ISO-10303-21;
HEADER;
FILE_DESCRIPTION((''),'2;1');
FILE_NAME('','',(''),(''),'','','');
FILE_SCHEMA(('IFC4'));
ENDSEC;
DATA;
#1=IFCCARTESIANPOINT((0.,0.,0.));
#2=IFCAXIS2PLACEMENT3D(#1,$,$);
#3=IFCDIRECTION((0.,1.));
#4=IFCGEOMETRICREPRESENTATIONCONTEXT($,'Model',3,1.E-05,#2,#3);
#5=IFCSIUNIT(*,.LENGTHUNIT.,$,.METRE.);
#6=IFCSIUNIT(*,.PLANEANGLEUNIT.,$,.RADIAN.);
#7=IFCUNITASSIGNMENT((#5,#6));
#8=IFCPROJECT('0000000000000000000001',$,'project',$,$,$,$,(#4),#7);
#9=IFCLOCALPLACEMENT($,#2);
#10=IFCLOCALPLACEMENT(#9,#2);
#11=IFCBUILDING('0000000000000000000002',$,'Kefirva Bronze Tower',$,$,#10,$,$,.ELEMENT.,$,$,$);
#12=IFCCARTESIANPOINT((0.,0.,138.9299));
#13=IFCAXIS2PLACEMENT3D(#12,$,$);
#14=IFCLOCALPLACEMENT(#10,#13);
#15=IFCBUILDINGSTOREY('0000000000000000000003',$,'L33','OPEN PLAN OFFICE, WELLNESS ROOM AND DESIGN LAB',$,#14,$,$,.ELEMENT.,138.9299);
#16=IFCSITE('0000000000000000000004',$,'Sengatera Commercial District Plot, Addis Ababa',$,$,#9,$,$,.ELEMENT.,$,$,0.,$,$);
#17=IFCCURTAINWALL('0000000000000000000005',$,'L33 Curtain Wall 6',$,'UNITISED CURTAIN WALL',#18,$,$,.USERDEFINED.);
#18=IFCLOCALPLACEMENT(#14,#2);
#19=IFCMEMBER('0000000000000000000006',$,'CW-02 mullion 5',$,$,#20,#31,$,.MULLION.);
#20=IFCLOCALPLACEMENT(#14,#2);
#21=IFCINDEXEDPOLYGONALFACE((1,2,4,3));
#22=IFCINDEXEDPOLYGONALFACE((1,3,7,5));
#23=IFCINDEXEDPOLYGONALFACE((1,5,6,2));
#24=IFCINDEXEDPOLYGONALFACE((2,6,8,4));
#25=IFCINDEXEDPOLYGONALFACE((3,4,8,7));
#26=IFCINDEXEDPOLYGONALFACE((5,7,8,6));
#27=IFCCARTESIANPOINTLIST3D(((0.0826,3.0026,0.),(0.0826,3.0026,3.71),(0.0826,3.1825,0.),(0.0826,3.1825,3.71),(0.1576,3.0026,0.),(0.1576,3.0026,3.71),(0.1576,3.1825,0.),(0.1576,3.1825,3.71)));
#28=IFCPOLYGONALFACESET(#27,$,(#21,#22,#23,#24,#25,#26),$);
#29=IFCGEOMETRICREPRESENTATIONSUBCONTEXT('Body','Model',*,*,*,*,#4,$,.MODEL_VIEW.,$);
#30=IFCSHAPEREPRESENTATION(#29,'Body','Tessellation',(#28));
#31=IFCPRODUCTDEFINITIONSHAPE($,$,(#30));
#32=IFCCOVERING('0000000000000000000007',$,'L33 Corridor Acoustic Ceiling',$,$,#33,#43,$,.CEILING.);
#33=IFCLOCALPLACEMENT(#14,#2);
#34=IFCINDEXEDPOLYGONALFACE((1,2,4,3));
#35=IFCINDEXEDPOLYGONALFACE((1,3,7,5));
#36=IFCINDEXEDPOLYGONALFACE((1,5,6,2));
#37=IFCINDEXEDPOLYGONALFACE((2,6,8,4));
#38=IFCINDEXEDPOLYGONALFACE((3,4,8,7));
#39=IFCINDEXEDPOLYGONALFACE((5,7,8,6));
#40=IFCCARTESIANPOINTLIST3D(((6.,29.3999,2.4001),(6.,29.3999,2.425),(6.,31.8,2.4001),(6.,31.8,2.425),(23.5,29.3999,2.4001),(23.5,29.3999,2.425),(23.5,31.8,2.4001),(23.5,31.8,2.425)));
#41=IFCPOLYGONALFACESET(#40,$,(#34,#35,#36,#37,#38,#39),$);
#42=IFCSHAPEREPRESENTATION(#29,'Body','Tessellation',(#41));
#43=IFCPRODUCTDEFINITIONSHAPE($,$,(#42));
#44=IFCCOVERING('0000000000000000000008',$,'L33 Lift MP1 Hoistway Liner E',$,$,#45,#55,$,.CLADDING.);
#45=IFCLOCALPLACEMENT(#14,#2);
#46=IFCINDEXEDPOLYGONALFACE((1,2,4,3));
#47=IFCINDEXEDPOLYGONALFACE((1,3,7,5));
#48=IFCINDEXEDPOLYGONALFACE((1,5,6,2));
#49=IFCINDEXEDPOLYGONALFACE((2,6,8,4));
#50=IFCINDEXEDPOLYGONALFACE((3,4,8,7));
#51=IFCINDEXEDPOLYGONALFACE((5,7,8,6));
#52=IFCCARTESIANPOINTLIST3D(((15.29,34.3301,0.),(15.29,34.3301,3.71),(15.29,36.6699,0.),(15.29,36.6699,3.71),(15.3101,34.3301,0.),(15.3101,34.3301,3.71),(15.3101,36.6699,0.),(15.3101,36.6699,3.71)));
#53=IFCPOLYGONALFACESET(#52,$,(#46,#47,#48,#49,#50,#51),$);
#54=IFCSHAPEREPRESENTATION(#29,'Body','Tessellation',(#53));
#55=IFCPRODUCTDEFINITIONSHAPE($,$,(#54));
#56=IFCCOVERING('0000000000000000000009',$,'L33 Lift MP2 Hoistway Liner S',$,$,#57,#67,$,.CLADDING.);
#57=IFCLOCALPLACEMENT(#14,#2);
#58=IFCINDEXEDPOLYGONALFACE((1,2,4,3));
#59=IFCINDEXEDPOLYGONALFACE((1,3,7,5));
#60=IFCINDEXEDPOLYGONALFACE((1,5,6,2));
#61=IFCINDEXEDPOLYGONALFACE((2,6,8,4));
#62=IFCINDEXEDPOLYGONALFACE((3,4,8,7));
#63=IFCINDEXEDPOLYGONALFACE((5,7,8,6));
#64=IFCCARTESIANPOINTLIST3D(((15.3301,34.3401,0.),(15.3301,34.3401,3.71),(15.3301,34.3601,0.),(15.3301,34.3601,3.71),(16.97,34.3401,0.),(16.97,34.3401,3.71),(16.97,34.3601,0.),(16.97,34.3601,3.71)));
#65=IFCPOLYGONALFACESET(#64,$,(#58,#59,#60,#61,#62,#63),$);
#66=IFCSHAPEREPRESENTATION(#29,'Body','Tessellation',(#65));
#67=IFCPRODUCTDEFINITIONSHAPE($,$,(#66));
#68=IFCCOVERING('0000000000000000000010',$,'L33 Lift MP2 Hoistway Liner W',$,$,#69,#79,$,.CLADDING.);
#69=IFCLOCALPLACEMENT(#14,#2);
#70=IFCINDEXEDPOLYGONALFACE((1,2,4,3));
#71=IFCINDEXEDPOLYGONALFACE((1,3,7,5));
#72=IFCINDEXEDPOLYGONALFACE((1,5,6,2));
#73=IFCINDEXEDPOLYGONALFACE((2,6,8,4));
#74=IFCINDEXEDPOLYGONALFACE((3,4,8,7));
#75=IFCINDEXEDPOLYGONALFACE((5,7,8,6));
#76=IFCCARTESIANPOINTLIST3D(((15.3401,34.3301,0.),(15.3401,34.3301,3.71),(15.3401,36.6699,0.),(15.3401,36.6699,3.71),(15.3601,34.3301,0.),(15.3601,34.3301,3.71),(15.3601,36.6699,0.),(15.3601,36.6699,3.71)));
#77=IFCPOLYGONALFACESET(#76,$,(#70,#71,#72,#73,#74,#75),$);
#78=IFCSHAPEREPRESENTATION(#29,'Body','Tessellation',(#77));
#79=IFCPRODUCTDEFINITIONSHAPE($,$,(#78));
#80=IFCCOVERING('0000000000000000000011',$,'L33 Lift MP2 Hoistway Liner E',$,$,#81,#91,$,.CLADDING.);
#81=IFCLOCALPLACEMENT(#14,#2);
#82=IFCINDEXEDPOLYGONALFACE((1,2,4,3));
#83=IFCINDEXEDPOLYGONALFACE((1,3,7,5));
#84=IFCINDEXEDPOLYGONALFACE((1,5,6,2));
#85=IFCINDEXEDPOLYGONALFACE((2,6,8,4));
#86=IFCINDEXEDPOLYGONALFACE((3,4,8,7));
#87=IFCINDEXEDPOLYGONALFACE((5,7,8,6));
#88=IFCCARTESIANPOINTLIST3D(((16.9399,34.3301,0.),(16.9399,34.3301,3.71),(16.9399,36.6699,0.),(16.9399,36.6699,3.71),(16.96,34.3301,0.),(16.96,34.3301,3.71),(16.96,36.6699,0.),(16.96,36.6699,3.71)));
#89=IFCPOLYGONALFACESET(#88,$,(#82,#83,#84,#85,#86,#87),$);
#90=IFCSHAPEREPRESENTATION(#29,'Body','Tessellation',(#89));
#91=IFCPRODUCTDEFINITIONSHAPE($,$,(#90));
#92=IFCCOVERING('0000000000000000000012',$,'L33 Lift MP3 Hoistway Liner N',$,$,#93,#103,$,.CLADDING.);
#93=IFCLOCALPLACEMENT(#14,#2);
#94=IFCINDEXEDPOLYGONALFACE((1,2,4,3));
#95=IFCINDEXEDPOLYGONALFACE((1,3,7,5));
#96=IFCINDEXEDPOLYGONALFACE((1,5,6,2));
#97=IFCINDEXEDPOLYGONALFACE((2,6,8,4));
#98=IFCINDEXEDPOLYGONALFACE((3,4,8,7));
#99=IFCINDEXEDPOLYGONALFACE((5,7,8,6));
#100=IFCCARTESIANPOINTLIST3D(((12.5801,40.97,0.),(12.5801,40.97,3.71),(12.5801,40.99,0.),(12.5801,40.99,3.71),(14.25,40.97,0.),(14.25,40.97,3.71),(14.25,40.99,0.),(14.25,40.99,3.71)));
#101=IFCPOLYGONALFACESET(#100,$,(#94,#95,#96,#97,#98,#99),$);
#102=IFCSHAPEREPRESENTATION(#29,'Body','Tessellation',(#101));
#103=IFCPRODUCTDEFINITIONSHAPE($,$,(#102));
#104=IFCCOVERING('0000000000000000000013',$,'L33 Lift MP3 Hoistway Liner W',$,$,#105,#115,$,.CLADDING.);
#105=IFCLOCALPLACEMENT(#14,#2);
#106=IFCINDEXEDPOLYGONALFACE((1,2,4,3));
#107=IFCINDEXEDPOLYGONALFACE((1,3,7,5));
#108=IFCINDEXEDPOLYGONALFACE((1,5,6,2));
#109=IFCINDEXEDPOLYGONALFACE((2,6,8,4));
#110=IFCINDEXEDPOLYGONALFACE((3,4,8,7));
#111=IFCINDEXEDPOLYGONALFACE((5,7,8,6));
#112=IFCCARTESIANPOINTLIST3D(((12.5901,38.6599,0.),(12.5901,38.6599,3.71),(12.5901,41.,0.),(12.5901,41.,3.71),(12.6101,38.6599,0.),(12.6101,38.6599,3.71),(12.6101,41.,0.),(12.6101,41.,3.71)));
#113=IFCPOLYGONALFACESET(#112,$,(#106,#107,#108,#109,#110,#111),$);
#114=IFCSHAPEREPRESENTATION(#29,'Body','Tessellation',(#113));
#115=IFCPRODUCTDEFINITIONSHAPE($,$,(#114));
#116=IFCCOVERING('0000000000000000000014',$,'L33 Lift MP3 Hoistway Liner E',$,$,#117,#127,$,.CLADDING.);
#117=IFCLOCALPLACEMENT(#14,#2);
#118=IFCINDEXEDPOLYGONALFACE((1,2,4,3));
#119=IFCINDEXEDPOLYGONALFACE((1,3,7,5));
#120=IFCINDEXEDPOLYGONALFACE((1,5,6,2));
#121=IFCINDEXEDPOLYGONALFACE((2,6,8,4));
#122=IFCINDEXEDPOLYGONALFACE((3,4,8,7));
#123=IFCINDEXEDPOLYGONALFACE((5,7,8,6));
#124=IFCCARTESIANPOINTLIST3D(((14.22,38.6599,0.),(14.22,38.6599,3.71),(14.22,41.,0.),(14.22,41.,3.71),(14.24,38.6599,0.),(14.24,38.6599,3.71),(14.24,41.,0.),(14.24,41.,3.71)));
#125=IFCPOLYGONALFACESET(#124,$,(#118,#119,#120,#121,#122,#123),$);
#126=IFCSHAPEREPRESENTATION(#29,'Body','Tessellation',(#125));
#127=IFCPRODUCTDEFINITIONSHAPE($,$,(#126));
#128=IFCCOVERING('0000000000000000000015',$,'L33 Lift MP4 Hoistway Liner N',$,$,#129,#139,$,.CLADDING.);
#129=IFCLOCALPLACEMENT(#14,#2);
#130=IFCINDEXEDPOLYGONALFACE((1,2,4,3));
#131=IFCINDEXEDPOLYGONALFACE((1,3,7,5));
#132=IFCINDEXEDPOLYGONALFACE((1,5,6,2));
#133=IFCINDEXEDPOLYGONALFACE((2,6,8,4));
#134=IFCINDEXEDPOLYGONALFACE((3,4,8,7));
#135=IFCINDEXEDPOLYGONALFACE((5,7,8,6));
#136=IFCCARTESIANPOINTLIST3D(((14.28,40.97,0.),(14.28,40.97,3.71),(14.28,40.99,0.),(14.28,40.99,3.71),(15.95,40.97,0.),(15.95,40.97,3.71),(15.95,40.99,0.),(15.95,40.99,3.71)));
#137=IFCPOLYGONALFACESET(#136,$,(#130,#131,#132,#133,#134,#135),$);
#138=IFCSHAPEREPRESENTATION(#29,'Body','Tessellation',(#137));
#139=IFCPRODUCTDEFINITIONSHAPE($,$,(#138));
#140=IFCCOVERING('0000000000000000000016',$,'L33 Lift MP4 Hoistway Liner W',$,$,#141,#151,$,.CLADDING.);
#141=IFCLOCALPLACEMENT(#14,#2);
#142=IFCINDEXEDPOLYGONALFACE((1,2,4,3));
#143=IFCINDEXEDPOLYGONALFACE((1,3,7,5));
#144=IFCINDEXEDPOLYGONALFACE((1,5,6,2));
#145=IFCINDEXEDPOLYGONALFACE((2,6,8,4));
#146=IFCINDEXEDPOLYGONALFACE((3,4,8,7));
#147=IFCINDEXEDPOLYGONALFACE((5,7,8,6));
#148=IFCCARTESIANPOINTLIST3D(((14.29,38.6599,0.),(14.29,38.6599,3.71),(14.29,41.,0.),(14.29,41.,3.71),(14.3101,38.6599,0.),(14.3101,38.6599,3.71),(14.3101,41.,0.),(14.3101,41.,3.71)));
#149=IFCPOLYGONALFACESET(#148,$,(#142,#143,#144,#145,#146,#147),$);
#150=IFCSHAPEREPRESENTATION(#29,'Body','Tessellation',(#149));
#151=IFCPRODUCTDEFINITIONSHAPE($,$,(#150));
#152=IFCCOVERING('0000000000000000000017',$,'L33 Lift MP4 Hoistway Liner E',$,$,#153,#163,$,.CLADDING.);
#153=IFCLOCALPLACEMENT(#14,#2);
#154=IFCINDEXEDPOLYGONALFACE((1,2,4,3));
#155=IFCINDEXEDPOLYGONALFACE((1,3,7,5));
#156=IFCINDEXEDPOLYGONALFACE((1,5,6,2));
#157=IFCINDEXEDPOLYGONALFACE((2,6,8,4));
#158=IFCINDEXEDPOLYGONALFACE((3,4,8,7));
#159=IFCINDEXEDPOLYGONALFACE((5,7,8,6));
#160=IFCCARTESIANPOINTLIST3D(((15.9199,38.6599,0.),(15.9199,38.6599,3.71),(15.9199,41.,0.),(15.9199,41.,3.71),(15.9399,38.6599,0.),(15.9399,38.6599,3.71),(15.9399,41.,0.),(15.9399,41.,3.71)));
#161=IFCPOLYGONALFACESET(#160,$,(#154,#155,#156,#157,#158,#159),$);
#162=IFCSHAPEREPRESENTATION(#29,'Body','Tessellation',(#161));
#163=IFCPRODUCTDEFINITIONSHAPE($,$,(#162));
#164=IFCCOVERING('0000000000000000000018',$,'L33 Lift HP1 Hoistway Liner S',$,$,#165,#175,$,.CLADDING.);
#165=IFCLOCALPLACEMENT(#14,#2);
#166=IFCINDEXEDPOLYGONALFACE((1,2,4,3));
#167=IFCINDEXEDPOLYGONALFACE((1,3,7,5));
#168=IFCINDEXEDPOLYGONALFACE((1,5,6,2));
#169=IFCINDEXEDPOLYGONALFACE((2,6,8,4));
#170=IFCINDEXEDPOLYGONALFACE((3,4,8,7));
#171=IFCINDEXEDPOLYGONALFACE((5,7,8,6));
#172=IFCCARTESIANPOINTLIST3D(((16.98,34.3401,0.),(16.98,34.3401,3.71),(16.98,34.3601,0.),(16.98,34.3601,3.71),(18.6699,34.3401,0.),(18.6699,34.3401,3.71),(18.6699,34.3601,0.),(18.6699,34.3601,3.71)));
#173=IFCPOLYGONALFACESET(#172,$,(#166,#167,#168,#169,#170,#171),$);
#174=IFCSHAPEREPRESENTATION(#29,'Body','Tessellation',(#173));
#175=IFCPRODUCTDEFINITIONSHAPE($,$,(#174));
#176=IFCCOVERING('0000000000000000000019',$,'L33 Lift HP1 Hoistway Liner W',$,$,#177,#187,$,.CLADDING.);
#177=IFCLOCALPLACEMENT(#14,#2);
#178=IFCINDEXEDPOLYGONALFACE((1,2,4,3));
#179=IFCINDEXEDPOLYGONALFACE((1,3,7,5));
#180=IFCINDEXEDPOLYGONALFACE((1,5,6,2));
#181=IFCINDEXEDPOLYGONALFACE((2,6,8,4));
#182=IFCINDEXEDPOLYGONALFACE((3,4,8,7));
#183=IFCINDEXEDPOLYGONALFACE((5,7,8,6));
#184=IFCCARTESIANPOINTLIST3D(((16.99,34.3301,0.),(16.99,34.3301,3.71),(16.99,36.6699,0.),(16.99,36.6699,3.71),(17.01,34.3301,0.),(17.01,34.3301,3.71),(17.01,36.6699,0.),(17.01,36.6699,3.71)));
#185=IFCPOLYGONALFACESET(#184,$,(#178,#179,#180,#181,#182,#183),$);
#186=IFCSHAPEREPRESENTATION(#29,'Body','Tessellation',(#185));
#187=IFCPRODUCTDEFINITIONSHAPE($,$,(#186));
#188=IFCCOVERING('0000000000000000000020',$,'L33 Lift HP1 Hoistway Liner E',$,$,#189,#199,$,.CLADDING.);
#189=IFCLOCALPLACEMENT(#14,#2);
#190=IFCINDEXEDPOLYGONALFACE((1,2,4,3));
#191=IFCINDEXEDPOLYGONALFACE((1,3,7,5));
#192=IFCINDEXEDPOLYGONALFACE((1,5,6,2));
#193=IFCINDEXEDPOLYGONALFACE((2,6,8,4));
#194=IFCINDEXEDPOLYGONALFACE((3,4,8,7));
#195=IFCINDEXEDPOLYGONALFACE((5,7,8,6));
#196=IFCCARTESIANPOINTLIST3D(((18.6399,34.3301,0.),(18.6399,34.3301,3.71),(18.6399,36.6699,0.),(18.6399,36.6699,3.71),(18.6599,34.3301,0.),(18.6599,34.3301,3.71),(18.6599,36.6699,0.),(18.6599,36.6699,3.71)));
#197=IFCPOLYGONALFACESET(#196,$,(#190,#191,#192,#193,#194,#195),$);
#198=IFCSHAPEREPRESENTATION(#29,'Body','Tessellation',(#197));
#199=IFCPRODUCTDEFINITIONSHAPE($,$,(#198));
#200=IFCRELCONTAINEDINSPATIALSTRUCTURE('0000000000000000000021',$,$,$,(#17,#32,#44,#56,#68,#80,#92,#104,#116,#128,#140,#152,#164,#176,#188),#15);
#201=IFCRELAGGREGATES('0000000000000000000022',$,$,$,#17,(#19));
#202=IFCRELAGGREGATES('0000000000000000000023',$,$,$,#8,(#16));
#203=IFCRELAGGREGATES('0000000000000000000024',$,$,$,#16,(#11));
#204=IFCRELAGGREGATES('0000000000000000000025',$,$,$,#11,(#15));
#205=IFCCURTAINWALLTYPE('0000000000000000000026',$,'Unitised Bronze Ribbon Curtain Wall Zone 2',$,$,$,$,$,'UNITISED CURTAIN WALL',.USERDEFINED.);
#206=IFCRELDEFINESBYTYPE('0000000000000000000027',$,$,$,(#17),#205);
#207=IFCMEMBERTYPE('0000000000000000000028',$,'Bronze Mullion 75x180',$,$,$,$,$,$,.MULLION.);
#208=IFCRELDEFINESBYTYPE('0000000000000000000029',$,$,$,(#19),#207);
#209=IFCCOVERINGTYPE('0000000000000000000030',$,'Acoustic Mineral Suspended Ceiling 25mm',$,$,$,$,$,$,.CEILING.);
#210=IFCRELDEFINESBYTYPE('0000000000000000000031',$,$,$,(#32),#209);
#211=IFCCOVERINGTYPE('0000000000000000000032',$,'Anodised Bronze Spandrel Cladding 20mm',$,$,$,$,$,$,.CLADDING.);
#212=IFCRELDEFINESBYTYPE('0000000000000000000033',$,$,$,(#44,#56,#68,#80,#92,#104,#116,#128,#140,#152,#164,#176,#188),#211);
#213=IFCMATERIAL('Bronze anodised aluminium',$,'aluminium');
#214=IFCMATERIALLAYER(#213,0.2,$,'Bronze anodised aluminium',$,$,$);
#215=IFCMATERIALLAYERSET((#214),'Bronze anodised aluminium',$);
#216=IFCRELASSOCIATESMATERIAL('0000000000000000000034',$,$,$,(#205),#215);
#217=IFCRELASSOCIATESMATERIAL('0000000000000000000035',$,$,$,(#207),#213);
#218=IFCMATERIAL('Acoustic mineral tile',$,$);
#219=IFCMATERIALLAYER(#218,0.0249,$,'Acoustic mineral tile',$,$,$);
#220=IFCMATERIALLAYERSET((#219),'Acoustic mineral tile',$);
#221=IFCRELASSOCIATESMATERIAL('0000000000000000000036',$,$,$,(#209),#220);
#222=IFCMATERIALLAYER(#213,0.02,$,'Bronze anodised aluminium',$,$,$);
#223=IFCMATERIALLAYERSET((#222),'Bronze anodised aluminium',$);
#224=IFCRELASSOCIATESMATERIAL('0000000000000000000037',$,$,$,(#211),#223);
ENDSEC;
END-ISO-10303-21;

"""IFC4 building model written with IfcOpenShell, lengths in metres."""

from ifc_helpers import new_model, si_unit, direction, frame, origin, origin_2d, place, context, subcontext, project, spatial, polyline, rectangle, outline, extrude, material, layer, layer_set, material_profile, profile_set, type_object, element, aggregate, save


model = new_model("IFC4")

# Units and contexts
model_context = context("Model", 3, precision=1e-05, world=origin(), true_north=direction((0.0, 1.0)))
body_context = subcontext(model_context, "Body", "Model", "MODEL_VIEW")
ifc_project = project(units=[si_unit("LENGTHUNIT", "METRE"), si_unit("PLANEANGLEUNIT", "RADIAN")], contexts=[model_context])

# Site, building, storey
site_placement = place(None, origin())
site = spatial("IfcSite", under=ifc_project, at=site_placement, Name="Sengatera Commercial District Plot, Addis Ababa", CompositionType="ELEMENT", RefElevation=0.0)
building_placement = place(site_placement, origin())
building = spatial("IfcBuilding", under=site, at=building_placement, Name="Kefirva Bronze Tower", CompositionType="ELEMENT")
storey_placement = place(building_placement, frame((0.0, 0.0, 138.9299)))
storey = spatial("IfcBuildingStorey", under=building, at=storey_placement, Name="L33", Description="OPEN PLAN OFFICE, WELLNESS ROOM AND DESIGN LAB", CompositionType="ELEMENT", Elevation=138.9299)

# Curtain wall, member
ifc_material_1 = material(Name="Bronze anodised aluminium", Category="aluminium")
ifc_layer_1 = layer(ifc_material_1, 0.2, Name="Bronze anodised aluminium")
ifc_layer_set_1 = layer_set([ifc_layer_1], Name="Bronze anodised aluminium")
curtain_wall_type = type_object("IfcCurtainWallType", Name="Unitised Bronze Ribbon Curtain Wall Zone 2", ElementType="UNITISED CURTAIN WALL", PredefinedType="USERDEFINED", material=ifc_layer_set_1)
curtain_wall_placement = place(storey_placement, origin())
curtain_wall = element("IfcCurtainWall", 1, at=curtain_wall_placement, inside=storey, type_object=curtain_wall_type, Name="L33 Curtain Wall 6", ObjectType="UNITISED CURTAIN WALL", PredefinedType="USERDEFINED")
ifc_material_profile = material_profile(ifc_material_1, rectangle(XDim=0.075, YDim=0.1799, at=origin_2d()), Name="ALU 75x180")
ifc_profile_set = profile_set([ifc_material_profile], Name="Bronze anodised aluminium")
member_type = type_object("IfcMemberType", Name="Bronze Mullion 75x180", PredefinedType="MULLION", material=ifc_profile_set)
member_placement = place(storey_placement, frame((0.1201, 3.0925, 0.0), z_axis=(0.0, 0.0, 1.0), x_axis=(1.0, 0.0, 0.0)))
member = element("IfcMember", 2, at=member_placement, type_object=member_type, Name="CW-02 mullion 5", PredefinedType="MULLION", context=body_context, shape_type="SweptSolid", body=[
    extrude(rectangle(XDim=0.075, YDim=0.1799, at=origin_2d()), origin(), (0.0, 0.0, 1.0), 3.71),
])
aggregate(curtain_wall, [member])

# Coverings
ifc_material_2 = material(Name="Acoustic mineral tile")
ifc_layer_2 = layer(ifc_material_2, 0.0249, Name="Acoustic mineral tile")
ifc_layer_set_2 = layer_set([ifc_layer_2], Name="Acoustic mineral tile")
covering_type_1 = type_object("IfcCoveringType", Name="Acoustic Mineral Suspended Ceiling 25mm", PredefinedType="CEILING", material=ifc_layer_set_2)
covering_1_placement = place(storey_placement, frame((0.0, 0.0, 2.4001)))
element("IfcCovering", 3, at=covering_1_placement, inside=storey, type_object=covering_type_1, Name="L33 Corridor Acoustic Ceiling", PredefinedType="CEILING", context=body_context, shape_type="SweptSolid", body=[
    extrude(outline(polyline([(6.0, 29.3999), (23.5, 29.3999), (23.5, 31.8), (6.0, 31.8), (6.0, 29.3999)])), origin(), (0.0, 0.0, 1.0), 0.0249),
])
ifc_layer_3 = layer(ifc_material_1, 0.02, Name="Bronze anodised aluminium")
ifc_layer_set_3 = layer_set([ifc_layer_3], Name="Bronze anodised aluminium")
covering_type_2 = type_object("IfcCoveringType", Name="Anodised Bronze Spandrel Cladding 20mm", PredefinedType="CLADDING", material=ifc_layer_set_3)
covering_2_placement = place(storey_placement, origin())
element("IfcCovering", 4, at=covering_2_placement, inside=storey, type_object=covering_type_2, Name="L33 Lift MP1 Hoistway Liner E", PredefinedType="CLADDING", context=body_context, shape_type="SweptSolid", body=[
    extrude(outline(polyline([(15.29, 34.3301), (15.3101, 34.3301), (15.3101, 36.6699), (15.29, 36.6699), (15.29, 34.3301)])), origin(), (0.0, 0.0, 1.0), 3.71),
])
covering_3_placement = place(storey_placement, origin())
element("IfcCovering", 5, at=covering_3_placement, inside=storey, type_object=covering_type_2, Name="L33 Lift MP2 Hoistway Liner S", PredefinedType="CLADDING", context=body_context, shape_type="SweptSolid", body=[
    extrude(outline(polyline([(15.3301, 34.3401), (16.97, 34.3401), (16.97, 34.3601), (15.3301, 34.3601), (15.3301, 34.3401)])), origin(), (0.0, 0.0, 1.0), 3.71),
])
covering_4_placement = place(storey_placement, origin())
element("IfcCovering", 6, at=covering_4_placement, inside=storey, type_object=covering_type_2, Name="L33 Lift MP2 Hoistway Liner W", PredefinedType="CLADDING", context=body_context, shape_type="SweptSolid", body=[
    extrude(outline(polyline([(15.3401, 34.3301), (15.3601, 34.3301), (15.3601, 36.6699), (15.3401, 36.6699), (15.3401, 34.3301)])), origin(), (0.0, 0.0, 1.0), 3.71),
])
covering_5_placement = place(storey_placement, origin())
element("IfcCovering", 7, at=covering_5_placement, inside=storey, type_object=covering_type_2, Name="L33 Lift MP2 Hoistway Liner E", PredefinedType="CLADDING", context=body_context, shape_type="SweptSolid", body=[
    extrude(outline(polyline([(16.9399, 34.3301), (16.96, 34.3301), (16.96, 36.6699), (16.9399, 36.6699), (16.9399, 34.3301)])), origin(), (0.0, 0.0, 1.0), 3.71),
])
covering_6_placement = place(storey_placement, origin())
element("IfcCovering", 8, at=covering_6_placement, inside=storey, type_object=covering_type_2, Name="L33 Lift MP3 Hoistway Liner N", PredefinedType="CLADDING", context=body_context, shape_type="SweptSolid", body=[
    extrude(outline(polyline([(12.5801, 40.97), (14.25, 40.97), (14.25, 40.99), (12.5801, 40.99), (12.5801, 40.97)])), origin(), (0.0, 0.0, 1.0), 3.71),
])
covering_7_placement = place(storey_placement, origin())
element("IfcCovering", 9, at=covering_7_placement, inside=storey, type_object=covering_type_2, Name="L33 Lift MP3 Hoistway Liner W", PredefinedType="CLADDING", context=body_context, shape_type="SweptSolid", body=[
    extrude(outline(polyline([(12.5901, 38.6599), (12.6101, 38.6599), (12.6101, 41.0), (12.5901, 41.0), (12.5901, 38.6599)])), origin(), (0.0, 0.0, 1.0), 3.71),
])
covering_8_placement = place(storey_placement, origin())
element("IfcCovering", 10, at=covering_8_placement, inside=storey, type_object=covering_type_2, Name="L33 Lift MP3 Hoistway Liner E", PredefinedType="CLADDING", context=body_context, shape_type="SweptSolid", body=[
    extrude(outline(polyline([(14.22, 38.6599), (14.24, 38.6599), (14.24, 41.0), (14.22, 41.0), (14.22, 38.6599)])), origin(), (0.0, 0.0, 1.0), 3.71),
])
covering_9_placement = place(storey_placement, origin())
element("IfcCovering", 11, at=covering_9_placement, inside=storey, type_object=covering_type_2, Name="L33 Lift MP4 Hoistway Liner N", PredefinedType="CLADDING", context=body_context, shape_type="SweptSolid", body=[
    extrude(outline(polyline([(14.28, 40.97), (15.95, 40.97), (15.95, 40.99), (14.28, 40.99), (14.28, 40.97)])), origin(), (0.0, 0.0, 1.0), 3.71),
])
covering_10_placement = place(storey_placement, origin())
element("IfcCovering", 12, at=covering_10_placement, inside=storey, type_object=covering_type_2, Name="L33 Lift MP4 Hoistway Liner W", PredefinedType="CLADDING", context=body_context, shape_type="SweptSolid", body=[
    extrude(outline(polyline([(14.29, 38.6599), (14.3101, 38.6599), (14.3101, 41.0), (14.29, 41.0), (14.29, 38.6599)])), origin(), (0.0, 0.0, 1.0), 3.71),
])
covering_11_placement = place(storey_placement, origin())
element("IfcCovering", 13, at=covering_11_placement, inside=storey, type_object=covering_type_2, Name="L33 Lift MP4 Hoistway Liner E", PredefinedType="CLADDING", context=body_context, shape_type="SweptSolid", body=[
    extrude(outline(polyline([(15.9199, 38.6599), (15.9399, 38.6599), (15.9399, 41.0), (15.9199, 41.0), (15.9199, 38.6599)])), origin(), (0.0, 0.0, 1.0), 3.71),
])
covering_12_placement = place(storey_placement, origin())
element("IfcCovering", 14, at=covering_12_placement, inside=storey, type_object=covering_type_2, Name="L33 Lift HP1 Hoistway Liner S", PredefinedType="CLADDING", context=body_context, shape_type="SweptSolid", body=[
    extrude(outline(polyline([(16.98, 34.3401), (18.6699, 34.3401), (18.6699, 34.3601), (16.98, 34.3601), (16.98, 34.3401)])), origin(), (0.0, 0.0, 1.0), 3.71),
])
covering_13_placement = place(storey_placement, origin())
element("IfcCovering", 15, at=covering_13_placement, inside=storey, type_object=covering_type_2, Name="L33 Lift HP1 Hoistway Liner W", PredefinedType="CLADDING", context=body_context, shape_type="SweptSolid", body=[
    extrude(outline(polyline([(16.99, 34.3301), (17.01, 34.3301), (17.01, 36.6699), (16.99, 36.6699), (16.99, 34.3301)])), origin(), (0.0, 0.0, 1.0), 3.71),
])
covering_14_placement = place(storey_placement, origin())
element("IfcCovering", 16, at=covering_14_placement, inside=storey, type_object=covering_type_2, Name="L33 Lift HP1 Hoistway Liner E", PredefinedType="CLADDING", context=body_context, shape_type="SweptSolid", body=[
    extrude(outline(polyline([(18.6399, 34.3301), (18.6599, 34.3301), (18.6599, 36.6699), (18.6399, 36.6699), (18.6399, 34.3301)])), origin(), (0.0, 0.0, 1.0), 3.71),
])

save(model, "model.ifc")
